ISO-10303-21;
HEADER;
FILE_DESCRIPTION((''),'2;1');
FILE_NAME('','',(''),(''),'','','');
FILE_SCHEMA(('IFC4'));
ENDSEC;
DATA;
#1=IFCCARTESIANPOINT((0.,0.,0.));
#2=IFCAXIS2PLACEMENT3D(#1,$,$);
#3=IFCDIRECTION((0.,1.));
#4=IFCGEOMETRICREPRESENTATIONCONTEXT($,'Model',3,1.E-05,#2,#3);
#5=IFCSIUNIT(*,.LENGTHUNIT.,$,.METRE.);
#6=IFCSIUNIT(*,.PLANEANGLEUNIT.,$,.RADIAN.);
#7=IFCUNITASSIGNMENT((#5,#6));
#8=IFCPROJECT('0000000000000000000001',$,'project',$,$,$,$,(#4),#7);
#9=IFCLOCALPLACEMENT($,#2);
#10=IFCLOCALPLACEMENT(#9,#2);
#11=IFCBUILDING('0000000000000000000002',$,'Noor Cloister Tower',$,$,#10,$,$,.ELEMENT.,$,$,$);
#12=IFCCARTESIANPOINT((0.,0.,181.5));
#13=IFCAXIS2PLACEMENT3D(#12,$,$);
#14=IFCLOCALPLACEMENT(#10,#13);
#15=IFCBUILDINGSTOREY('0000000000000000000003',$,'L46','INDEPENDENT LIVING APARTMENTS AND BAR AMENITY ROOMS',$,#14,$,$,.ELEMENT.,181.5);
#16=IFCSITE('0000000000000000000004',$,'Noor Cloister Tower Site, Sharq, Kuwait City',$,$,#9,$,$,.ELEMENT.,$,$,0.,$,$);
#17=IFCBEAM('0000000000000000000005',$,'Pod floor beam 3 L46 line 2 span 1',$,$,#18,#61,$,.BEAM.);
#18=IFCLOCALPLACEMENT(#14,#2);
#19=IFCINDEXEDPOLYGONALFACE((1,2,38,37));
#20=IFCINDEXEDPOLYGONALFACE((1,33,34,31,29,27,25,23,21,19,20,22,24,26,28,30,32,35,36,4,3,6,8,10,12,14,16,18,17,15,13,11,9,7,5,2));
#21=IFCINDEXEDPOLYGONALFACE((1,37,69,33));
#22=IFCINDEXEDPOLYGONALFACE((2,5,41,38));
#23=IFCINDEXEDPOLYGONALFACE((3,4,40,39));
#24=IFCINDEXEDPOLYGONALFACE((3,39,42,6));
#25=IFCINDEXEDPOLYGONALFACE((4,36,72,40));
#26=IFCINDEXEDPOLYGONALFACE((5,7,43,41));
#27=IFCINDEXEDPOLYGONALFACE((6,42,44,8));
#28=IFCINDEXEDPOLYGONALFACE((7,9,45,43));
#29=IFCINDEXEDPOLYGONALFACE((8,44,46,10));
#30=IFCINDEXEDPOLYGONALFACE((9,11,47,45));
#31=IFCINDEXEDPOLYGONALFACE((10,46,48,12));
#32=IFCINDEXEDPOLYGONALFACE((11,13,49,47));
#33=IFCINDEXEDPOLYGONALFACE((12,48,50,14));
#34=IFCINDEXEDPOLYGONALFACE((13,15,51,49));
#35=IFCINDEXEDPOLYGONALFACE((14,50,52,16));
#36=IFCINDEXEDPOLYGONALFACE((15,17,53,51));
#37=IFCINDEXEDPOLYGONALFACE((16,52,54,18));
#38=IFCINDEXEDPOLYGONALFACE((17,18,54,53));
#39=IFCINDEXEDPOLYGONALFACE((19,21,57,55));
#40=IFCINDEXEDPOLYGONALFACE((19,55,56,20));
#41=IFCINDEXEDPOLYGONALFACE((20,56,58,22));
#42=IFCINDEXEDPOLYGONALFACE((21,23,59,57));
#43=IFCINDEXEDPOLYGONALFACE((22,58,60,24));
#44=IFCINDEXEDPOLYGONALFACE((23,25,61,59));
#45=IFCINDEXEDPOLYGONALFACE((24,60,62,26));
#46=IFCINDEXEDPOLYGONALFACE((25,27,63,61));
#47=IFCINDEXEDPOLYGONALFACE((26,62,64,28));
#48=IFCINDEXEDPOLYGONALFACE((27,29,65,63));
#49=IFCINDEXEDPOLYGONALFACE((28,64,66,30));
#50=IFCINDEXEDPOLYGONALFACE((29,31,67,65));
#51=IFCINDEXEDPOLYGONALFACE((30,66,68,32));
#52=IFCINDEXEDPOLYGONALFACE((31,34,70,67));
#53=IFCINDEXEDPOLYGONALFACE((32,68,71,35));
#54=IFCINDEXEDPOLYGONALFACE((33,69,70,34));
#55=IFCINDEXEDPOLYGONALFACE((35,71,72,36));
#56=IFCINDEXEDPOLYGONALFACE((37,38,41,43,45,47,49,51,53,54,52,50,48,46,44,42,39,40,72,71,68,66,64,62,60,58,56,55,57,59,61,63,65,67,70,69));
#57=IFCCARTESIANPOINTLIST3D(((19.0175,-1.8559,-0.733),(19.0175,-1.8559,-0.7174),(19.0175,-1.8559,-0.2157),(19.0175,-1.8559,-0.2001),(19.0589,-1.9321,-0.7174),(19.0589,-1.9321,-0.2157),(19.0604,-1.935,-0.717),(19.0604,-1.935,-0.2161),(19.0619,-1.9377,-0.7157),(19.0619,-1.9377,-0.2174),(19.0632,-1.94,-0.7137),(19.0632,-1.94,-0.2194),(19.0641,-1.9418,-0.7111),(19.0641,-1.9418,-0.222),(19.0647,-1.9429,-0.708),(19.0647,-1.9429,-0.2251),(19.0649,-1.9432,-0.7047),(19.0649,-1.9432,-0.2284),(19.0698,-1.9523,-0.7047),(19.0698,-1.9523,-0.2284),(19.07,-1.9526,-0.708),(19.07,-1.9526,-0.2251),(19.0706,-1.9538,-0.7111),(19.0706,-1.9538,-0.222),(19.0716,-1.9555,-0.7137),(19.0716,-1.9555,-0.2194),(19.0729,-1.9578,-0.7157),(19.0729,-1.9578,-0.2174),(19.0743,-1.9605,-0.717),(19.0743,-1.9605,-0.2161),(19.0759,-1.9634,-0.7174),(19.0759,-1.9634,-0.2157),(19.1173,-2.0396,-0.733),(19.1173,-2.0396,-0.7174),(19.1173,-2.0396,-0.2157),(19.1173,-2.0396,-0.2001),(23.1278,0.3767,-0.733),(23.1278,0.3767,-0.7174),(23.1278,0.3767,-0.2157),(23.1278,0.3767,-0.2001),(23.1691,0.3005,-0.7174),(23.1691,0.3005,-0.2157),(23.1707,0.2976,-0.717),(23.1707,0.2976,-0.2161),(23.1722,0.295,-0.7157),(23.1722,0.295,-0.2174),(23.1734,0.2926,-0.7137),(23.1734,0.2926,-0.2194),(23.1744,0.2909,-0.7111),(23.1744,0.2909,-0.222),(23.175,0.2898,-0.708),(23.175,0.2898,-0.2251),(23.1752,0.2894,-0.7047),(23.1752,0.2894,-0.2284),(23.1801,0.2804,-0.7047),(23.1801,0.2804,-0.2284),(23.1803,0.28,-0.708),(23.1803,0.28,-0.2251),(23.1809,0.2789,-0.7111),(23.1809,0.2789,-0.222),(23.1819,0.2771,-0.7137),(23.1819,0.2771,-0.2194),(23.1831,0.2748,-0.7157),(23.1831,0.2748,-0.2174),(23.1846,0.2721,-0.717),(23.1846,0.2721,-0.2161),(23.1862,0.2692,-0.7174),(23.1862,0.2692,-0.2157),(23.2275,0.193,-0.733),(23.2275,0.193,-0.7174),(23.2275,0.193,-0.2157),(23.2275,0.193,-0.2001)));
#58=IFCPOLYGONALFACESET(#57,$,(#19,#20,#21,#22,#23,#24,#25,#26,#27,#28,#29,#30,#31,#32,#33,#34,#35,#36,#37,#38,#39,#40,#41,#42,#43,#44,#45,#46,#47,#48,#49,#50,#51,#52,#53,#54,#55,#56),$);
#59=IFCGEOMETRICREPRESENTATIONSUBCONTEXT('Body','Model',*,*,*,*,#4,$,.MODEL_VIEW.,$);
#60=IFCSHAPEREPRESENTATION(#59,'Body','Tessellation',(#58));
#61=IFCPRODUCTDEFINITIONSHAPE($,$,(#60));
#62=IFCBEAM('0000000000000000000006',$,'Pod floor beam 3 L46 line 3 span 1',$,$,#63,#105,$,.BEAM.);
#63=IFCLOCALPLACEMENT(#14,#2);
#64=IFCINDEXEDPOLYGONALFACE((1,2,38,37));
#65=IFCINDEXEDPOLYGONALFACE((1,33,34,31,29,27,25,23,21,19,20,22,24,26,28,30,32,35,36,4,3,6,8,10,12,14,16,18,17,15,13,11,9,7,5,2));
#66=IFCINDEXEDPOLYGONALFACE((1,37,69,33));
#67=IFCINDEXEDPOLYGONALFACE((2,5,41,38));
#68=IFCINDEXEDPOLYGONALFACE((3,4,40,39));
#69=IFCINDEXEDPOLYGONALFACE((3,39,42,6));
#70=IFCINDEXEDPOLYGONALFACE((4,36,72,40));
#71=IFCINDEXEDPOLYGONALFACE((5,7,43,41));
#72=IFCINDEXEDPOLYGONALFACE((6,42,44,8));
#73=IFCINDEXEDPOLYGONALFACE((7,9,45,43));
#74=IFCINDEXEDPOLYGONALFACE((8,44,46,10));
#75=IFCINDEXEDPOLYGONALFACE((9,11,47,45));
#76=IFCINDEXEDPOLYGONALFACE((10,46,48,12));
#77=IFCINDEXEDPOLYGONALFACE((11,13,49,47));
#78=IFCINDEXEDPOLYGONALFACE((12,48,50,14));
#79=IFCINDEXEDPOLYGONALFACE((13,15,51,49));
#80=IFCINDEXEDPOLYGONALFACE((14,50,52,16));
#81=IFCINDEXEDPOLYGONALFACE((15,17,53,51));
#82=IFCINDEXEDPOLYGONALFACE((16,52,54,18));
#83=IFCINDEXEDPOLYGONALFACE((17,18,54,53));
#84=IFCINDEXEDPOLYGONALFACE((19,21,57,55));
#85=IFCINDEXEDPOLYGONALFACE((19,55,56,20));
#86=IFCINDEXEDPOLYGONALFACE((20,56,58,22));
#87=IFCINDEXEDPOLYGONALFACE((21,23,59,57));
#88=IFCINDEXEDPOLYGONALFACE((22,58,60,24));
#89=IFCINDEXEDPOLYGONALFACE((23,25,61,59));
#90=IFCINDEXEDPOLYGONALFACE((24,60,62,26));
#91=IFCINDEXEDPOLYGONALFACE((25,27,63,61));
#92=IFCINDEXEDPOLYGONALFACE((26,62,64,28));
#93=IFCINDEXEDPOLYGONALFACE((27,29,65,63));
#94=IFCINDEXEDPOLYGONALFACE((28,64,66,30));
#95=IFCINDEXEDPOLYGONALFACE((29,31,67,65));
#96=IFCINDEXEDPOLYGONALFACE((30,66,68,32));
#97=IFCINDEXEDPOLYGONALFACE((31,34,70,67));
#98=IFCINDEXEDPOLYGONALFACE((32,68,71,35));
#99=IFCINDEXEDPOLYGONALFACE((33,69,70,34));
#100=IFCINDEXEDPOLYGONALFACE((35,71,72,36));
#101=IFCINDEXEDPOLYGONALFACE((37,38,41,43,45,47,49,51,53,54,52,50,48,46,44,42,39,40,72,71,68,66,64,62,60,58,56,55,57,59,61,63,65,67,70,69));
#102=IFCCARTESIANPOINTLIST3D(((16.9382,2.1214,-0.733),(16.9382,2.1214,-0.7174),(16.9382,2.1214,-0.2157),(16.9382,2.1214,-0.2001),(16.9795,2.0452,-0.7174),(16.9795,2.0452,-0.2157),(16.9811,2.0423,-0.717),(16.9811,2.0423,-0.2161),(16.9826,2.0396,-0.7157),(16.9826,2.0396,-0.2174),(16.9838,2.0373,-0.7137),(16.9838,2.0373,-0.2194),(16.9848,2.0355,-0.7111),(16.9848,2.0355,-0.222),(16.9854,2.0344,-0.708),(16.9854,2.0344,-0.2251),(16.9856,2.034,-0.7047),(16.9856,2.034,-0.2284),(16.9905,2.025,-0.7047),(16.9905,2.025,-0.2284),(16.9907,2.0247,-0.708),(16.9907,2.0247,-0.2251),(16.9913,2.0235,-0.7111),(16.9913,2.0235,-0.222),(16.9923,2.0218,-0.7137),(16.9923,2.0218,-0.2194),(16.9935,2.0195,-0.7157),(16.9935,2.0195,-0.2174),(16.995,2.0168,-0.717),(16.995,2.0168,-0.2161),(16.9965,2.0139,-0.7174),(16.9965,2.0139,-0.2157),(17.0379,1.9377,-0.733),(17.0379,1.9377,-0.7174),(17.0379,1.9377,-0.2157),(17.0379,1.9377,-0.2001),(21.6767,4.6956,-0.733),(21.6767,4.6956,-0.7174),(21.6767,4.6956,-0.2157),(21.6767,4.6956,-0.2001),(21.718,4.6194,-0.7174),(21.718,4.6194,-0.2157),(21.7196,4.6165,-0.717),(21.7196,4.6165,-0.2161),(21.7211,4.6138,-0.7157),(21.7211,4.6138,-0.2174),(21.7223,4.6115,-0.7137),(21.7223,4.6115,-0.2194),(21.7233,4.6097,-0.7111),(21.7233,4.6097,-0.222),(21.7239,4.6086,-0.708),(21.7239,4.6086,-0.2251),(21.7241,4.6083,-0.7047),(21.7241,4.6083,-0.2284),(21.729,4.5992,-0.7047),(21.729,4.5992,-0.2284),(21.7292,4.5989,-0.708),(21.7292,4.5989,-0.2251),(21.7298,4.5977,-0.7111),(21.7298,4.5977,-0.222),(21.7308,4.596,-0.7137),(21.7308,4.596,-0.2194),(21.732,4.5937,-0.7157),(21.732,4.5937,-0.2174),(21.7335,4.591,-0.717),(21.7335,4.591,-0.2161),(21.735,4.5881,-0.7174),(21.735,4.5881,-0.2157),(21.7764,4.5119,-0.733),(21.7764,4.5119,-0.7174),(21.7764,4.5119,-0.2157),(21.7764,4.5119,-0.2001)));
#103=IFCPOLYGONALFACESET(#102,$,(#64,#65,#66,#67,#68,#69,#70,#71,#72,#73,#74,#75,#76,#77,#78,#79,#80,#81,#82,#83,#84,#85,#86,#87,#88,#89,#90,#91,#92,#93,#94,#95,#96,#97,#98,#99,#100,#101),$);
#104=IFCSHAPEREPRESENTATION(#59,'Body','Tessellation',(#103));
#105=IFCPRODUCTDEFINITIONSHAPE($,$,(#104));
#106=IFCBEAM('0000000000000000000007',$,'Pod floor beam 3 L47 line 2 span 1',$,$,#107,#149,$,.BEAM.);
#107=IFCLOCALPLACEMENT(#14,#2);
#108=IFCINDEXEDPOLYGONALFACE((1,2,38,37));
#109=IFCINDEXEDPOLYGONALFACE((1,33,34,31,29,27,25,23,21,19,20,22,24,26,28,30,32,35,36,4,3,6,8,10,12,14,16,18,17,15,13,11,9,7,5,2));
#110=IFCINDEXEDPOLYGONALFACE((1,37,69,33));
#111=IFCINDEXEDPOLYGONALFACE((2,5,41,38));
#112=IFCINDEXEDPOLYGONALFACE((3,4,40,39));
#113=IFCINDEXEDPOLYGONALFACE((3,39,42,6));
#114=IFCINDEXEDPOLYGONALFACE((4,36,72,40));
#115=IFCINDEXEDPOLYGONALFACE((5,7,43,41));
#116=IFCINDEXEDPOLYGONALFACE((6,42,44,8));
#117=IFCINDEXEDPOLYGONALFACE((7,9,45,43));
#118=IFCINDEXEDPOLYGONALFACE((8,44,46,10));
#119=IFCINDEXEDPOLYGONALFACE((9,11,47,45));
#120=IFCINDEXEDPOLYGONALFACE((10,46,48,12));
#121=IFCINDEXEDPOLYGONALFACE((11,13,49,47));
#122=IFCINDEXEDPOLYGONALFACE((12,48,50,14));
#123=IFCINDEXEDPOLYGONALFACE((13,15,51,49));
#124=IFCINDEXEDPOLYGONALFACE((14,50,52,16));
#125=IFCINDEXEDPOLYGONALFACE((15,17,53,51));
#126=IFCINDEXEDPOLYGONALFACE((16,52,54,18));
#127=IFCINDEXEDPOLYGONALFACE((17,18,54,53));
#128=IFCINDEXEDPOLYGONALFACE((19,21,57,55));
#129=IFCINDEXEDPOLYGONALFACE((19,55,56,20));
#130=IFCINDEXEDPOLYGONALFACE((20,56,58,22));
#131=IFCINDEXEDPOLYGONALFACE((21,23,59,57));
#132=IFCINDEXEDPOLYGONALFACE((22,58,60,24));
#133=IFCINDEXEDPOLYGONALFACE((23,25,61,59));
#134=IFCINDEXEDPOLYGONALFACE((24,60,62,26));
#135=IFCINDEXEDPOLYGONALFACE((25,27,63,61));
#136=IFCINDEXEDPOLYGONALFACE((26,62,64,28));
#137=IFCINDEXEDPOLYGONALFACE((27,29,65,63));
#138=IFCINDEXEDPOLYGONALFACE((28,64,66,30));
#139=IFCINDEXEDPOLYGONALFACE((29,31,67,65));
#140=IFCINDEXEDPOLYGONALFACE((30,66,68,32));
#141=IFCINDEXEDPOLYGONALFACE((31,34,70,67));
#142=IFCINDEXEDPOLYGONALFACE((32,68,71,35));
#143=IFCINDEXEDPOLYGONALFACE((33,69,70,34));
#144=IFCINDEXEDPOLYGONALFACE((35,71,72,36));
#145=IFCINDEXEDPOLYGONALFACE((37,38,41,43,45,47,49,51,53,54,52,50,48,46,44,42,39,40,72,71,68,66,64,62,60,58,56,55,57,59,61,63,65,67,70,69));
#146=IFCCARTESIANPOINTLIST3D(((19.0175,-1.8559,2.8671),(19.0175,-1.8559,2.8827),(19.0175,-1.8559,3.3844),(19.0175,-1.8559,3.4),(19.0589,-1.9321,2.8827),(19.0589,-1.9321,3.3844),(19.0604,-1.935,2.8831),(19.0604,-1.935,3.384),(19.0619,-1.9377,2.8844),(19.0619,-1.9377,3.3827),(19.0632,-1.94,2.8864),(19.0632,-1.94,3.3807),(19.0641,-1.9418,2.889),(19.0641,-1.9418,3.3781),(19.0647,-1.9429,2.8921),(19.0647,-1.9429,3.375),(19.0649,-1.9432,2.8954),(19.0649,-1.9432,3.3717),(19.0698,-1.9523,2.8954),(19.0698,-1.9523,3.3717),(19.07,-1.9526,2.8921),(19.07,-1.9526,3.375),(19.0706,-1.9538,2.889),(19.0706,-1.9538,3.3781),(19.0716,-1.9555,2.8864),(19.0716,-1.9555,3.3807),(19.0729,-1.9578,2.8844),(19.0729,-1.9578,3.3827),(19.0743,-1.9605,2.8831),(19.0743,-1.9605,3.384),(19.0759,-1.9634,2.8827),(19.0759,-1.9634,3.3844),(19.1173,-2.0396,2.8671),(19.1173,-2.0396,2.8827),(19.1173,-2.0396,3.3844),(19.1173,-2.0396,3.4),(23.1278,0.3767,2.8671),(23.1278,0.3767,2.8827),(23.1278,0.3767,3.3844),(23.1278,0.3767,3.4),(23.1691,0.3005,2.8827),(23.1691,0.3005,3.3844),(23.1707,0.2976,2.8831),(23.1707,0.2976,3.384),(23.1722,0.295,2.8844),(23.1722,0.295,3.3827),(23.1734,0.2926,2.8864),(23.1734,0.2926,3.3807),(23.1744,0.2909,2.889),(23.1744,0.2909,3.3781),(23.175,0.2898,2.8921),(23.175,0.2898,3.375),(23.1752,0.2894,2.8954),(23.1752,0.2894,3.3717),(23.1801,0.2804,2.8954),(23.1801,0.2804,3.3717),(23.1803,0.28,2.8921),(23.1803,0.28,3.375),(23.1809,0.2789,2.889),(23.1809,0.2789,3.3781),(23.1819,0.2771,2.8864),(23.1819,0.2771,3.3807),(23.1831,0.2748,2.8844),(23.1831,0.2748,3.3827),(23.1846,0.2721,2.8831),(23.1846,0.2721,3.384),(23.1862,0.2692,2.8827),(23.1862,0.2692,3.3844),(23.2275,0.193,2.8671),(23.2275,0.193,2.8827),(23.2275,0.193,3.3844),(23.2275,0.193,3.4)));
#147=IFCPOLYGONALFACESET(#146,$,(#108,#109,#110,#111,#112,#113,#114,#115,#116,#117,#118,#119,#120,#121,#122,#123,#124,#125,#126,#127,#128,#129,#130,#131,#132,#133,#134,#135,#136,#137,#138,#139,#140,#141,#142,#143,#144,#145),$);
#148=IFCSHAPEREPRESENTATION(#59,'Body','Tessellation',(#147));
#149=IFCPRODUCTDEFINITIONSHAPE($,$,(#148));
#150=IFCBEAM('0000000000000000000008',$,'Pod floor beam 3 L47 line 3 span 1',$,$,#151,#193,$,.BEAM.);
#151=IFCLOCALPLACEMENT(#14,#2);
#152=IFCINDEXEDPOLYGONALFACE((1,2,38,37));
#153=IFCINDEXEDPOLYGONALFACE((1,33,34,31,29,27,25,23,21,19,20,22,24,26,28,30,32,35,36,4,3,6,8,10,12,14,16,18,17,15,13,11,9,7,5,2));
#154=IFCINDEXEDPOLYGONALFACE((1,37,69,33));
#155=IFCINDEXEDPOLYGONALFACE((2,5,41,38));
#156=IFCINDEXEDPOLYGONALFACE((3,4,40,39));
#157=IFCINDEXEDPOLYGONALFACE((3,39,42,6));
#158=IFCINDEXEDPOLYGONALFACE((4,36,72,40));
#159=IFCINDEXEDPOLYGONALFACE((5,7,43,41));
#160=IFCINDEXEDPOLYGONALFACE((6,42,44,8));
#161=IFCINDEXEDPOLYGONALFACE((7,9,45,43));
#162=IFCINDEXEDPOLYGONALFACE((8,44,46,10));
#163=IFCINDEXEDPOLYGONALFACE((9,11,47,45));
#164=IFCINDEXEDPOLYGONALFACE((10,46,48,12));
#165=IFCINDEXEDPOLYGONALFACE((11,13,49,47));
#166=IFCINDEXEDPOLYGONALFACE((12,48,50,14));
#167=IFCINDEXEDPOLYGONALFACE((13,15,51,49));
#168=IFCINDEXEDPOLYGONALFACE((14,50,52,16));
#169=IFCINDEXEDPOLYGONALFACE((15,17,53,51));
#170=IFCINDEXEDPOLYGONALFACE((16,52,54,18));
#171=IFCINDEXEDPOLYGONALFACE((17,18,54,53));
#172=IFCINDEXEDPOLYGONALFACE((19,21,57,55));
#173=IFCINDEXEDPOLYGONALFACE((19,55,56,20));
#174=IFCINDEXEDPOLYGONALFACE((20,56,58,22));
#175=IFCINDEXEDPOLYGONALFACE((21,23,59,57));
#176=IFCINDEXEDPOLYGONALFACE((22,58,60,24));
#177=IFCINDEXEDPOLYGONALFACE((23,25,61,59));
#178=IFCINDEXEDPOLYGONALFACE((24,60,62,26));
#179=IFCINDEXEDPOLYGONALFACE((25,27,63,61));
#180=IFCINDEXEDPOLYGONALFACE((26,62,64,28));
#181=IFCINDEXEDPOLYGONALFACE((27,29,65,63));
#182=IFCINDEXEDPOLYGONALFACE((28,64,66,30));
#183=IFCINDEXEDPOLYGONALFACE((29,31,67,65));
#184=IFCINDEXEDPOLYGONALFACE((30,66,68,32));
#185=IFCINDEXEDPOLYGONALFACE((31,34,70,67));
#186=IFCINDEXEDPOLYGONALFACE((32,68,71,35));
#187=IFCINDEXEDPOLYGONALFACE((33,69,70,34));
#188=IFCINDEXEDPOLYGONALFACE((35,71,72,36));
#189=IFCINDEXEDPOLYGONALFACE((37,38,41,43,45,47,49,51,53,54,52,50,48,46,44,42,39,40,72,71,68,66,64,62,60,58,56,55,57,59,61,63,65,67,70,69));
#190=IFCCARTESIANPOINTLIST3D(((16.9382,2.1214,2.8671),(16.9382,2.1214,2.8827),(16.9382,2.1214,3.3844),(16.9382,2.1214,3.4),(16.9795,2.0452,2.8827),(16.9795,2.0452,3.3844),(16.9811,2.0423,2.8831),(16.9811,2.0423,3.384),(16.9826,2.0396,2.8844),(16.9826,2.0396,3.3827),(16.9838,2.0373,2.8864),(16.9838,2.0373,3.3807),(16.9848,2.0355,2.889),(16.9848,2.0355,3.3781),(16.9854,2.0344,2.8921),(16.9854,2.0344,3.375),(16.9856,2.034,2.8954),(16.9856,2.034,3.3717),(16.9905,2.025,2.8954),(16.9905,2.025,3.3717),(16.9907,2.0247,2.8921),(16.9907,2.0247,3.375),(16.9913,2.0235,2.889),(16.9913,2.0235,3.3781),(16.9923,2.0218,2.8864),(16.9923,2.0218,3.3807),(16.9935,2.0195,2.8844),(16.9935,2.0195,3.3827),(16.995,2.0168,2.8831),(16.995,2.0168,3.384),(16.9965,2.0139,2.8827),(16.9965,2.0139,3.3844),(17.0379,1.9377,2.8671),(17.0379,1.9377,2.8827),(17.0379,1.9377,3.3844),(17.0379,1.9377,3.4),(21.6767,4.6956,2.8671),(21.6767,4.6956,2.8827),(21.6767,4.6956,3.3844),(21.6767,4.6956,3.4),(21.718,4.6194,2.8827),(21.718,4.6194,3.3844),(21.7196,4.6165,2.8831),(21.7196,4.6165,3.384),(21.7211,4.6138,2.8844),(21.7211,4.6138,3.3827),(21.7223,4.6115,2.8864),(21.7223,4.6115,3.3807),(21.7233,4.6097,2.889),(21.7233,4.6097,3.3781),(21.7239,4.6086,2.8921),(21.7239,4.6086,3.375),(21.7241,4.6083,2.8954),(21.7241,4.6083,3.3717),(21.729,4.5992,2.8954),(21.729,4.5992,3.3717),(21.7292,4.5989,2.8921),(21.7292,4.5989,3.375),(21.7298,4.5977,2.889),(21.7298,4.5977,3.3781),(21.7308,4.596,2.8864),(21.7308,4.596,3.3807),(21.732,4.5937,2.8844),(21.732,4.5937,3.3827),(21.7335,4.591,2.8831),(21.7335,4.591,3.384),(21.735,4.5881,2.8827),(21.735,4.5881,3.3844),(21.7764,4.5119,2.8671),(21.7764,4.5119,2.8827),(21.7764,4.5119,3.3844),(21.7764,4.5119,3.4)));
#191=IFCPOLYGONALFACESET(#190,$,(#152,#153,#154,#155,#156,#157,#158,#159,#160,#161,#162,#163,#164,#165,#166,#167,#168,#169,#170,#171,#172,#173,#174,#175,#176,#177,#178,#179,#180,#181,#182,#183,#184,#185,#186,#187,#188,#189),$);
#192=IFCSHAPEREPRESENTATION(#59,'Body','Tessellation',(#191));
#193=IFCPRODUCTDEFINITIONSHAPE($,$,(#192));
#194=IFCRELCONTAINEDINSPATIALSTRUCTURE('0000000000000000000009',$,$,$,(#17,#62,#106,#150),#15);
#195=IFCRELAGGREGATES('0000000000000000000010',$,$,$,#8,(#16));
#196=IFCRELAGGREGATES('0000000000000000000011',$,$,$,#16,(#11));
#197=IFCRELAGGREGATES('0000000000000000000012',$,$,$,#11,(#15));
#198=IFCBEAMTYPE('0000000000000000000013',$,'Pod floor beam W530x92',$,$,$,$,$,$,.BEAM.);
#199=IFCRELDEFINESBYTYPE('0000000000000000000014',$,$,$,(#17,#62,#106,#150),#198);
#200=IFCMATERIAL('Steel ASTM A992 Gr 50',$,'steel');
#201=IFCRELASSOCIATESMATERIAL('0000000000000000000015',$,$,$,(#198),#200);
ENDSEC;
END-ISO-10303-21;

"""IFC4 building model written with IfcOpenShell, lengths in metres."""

from ifc_helpers import new_model, si_unit, direction, frame, origin, origin_2d, place, context, subcontext, project, spatial, i_section, extrude, material, material_profile, profile_set, type_object, element, save


model = new_model("IFC4")

# Units and contexts
model_context = context("Model", 3, precision=1e-05, world=origin(), true_north=direction((0.0, 1.0)))
body_context = subcontext(model_context, "Body", "Model", "MODEL_VIEW")
ifc_project = project(units=[si_unit("LENGTHUNIT", "METRE"), si_unit("PLANEANGLEUNIT", "RADIAN")], contexts=[model_context])

# Site, building, storey
site_placement = place(None, origin())
site = spatial("IfcSite", under=ifc_project, at=site_placement, Name="Noor Cloister Tower Site, Sharq, Kuwait City", CompositionType="ELEMENT", RefElevation=0.0)
building_placement = place(site_placement, origin())
building = spatial("IfcBuilding", under=site, at=building_placement, Name="Noor Cloister Tower", CompositionType="ELEMENT")
storey_placement = place(building_placement, frame((0.0, 0.0, 181.5)))
storey = spatial("IfcBuildingStorey", under=building, at=storey_placement, Name="L46", Description="INDEPENDENT LIVING APARTMENTS AND BAR AMENITY ROOMS", CompositionType="ELEMENT", Elevation=181.5)

# Beams
ifc_material_1 = material(Name="Steel ASTM A992 Gr 50", Category="steel")
ifc_material_profile_1 = material_profile(ifc_material_1, i_section(OverallWidth=0.209, OverallDepth=0.533, WebThickness=0.0103, FlangeThickness=0.0156, FilletRadius=0.0127, at=origin_2d()), Name="W530x92")
ifc_profile_set_1 = profile_set([ifc_material_profile_1], Name="Steel ASTM A992 Gr 50")
beam_type_1 = type_object("IfcBeamType", Name="Pod floor beam W530x92", PredefinedType="BEAM", material=ifc_profile_set_1)
beam_1_placement = place(storey_placement, frame((19.0674, -1.9478, -0.4666), z_axis=(0.878734, 0.477312, 0.0), x_axis=(-0.477312, 0.878734, 0.0)))
element("IfcBeam", 1, at=beam_1_placement, inside=storey, type_object=beam_type_1, Name="Pod floor beam 3 L46 line 2 span 1", PredefinedType="BEAM", context=body_context, shape_type="SweptSolid", body=[
    extrude(i_section(OverallWidth=0.209, OverallDepth=0.533, WebThickness=0.0103, FlangeThickness=0.0156, FilletRadius=0.0127, at=origin_2d()), origin(), (0.0, 0.0, 1.0), 4.6775),
])
beam_2_placement = place(storey_placement, frame((16.988, 2.0295, -0.4666), z_axis=(0.878707, 0.477361, 0.0), x_axis=(-0.477361, 0.878707, 0.0)))
element("IfcBeam", 2, at=beam_2_placement, inside=storey, type_object=beam_type_1, Name="Pod floor beam 3 L46 line 3 span 1", PredefinedType="BEAM", context=body_context, shape_type="SweptSolid", body=[
    extrude(i_section(OverallWidth=0.209, OverallDepth=0.533, WebThickness=0.0103, FlangeThickness=0.0156, FilletRadius=0.0127, at=origin_2d()), origin(), (0.0, 0.0, 1.0), 5.3926),
])
beam_3_placement = place(storey_placement, frame((19.0674, -1.9478, 3.1335), z_axis=(0.878734, 0.477312, 0.0), x_axis=(-0.477312, 0.878734, 0.0)))
element("IfcBeam", 3, at=beam_3_placement, inside=storey, type_object=beam_type_1, Name="Pod floor beam 3 L47 line 2 span 1", PredefinedType="BEAM", context=body_context, shape_type="SweptSolid", body=[
    extrude(i_section(OverallWidth=0.209, OverallDepth=0.533, WebThickness=0.0103, FlangeThickness=0.0156, FilletRadius=0.0127, at=origin_2d()), origin(), (0.0, 0.0, 1.0), 4.6775),
])
beam_4_placement = place(storey_placement, frame((16.988, 2.0295, 3.1335), z_axis=(0.878707, 0.477361, 0.0), x_axis=(-0.477361, 0.878707, 0.0)))
element("IfcBeam", 4, at=beam_4_placement, inside=storey, type_object=beam_type_1, Name="Pod floor beam 3 L47 line 3 span 1", PredefinedType="BEAM", context=body_context, shape_type="SweptSolid", body=[
    extrude(i_section(OverallWidth=0.209, OverallDepth=0.533, WebThickness=0.0103, FlangeThickness=0.0156, FilletRadius=0.0127, at=origin_2d()), origin(), (0.0, 0.0, 1.0), 5.3926),
])

save(model, "model.ifc")
